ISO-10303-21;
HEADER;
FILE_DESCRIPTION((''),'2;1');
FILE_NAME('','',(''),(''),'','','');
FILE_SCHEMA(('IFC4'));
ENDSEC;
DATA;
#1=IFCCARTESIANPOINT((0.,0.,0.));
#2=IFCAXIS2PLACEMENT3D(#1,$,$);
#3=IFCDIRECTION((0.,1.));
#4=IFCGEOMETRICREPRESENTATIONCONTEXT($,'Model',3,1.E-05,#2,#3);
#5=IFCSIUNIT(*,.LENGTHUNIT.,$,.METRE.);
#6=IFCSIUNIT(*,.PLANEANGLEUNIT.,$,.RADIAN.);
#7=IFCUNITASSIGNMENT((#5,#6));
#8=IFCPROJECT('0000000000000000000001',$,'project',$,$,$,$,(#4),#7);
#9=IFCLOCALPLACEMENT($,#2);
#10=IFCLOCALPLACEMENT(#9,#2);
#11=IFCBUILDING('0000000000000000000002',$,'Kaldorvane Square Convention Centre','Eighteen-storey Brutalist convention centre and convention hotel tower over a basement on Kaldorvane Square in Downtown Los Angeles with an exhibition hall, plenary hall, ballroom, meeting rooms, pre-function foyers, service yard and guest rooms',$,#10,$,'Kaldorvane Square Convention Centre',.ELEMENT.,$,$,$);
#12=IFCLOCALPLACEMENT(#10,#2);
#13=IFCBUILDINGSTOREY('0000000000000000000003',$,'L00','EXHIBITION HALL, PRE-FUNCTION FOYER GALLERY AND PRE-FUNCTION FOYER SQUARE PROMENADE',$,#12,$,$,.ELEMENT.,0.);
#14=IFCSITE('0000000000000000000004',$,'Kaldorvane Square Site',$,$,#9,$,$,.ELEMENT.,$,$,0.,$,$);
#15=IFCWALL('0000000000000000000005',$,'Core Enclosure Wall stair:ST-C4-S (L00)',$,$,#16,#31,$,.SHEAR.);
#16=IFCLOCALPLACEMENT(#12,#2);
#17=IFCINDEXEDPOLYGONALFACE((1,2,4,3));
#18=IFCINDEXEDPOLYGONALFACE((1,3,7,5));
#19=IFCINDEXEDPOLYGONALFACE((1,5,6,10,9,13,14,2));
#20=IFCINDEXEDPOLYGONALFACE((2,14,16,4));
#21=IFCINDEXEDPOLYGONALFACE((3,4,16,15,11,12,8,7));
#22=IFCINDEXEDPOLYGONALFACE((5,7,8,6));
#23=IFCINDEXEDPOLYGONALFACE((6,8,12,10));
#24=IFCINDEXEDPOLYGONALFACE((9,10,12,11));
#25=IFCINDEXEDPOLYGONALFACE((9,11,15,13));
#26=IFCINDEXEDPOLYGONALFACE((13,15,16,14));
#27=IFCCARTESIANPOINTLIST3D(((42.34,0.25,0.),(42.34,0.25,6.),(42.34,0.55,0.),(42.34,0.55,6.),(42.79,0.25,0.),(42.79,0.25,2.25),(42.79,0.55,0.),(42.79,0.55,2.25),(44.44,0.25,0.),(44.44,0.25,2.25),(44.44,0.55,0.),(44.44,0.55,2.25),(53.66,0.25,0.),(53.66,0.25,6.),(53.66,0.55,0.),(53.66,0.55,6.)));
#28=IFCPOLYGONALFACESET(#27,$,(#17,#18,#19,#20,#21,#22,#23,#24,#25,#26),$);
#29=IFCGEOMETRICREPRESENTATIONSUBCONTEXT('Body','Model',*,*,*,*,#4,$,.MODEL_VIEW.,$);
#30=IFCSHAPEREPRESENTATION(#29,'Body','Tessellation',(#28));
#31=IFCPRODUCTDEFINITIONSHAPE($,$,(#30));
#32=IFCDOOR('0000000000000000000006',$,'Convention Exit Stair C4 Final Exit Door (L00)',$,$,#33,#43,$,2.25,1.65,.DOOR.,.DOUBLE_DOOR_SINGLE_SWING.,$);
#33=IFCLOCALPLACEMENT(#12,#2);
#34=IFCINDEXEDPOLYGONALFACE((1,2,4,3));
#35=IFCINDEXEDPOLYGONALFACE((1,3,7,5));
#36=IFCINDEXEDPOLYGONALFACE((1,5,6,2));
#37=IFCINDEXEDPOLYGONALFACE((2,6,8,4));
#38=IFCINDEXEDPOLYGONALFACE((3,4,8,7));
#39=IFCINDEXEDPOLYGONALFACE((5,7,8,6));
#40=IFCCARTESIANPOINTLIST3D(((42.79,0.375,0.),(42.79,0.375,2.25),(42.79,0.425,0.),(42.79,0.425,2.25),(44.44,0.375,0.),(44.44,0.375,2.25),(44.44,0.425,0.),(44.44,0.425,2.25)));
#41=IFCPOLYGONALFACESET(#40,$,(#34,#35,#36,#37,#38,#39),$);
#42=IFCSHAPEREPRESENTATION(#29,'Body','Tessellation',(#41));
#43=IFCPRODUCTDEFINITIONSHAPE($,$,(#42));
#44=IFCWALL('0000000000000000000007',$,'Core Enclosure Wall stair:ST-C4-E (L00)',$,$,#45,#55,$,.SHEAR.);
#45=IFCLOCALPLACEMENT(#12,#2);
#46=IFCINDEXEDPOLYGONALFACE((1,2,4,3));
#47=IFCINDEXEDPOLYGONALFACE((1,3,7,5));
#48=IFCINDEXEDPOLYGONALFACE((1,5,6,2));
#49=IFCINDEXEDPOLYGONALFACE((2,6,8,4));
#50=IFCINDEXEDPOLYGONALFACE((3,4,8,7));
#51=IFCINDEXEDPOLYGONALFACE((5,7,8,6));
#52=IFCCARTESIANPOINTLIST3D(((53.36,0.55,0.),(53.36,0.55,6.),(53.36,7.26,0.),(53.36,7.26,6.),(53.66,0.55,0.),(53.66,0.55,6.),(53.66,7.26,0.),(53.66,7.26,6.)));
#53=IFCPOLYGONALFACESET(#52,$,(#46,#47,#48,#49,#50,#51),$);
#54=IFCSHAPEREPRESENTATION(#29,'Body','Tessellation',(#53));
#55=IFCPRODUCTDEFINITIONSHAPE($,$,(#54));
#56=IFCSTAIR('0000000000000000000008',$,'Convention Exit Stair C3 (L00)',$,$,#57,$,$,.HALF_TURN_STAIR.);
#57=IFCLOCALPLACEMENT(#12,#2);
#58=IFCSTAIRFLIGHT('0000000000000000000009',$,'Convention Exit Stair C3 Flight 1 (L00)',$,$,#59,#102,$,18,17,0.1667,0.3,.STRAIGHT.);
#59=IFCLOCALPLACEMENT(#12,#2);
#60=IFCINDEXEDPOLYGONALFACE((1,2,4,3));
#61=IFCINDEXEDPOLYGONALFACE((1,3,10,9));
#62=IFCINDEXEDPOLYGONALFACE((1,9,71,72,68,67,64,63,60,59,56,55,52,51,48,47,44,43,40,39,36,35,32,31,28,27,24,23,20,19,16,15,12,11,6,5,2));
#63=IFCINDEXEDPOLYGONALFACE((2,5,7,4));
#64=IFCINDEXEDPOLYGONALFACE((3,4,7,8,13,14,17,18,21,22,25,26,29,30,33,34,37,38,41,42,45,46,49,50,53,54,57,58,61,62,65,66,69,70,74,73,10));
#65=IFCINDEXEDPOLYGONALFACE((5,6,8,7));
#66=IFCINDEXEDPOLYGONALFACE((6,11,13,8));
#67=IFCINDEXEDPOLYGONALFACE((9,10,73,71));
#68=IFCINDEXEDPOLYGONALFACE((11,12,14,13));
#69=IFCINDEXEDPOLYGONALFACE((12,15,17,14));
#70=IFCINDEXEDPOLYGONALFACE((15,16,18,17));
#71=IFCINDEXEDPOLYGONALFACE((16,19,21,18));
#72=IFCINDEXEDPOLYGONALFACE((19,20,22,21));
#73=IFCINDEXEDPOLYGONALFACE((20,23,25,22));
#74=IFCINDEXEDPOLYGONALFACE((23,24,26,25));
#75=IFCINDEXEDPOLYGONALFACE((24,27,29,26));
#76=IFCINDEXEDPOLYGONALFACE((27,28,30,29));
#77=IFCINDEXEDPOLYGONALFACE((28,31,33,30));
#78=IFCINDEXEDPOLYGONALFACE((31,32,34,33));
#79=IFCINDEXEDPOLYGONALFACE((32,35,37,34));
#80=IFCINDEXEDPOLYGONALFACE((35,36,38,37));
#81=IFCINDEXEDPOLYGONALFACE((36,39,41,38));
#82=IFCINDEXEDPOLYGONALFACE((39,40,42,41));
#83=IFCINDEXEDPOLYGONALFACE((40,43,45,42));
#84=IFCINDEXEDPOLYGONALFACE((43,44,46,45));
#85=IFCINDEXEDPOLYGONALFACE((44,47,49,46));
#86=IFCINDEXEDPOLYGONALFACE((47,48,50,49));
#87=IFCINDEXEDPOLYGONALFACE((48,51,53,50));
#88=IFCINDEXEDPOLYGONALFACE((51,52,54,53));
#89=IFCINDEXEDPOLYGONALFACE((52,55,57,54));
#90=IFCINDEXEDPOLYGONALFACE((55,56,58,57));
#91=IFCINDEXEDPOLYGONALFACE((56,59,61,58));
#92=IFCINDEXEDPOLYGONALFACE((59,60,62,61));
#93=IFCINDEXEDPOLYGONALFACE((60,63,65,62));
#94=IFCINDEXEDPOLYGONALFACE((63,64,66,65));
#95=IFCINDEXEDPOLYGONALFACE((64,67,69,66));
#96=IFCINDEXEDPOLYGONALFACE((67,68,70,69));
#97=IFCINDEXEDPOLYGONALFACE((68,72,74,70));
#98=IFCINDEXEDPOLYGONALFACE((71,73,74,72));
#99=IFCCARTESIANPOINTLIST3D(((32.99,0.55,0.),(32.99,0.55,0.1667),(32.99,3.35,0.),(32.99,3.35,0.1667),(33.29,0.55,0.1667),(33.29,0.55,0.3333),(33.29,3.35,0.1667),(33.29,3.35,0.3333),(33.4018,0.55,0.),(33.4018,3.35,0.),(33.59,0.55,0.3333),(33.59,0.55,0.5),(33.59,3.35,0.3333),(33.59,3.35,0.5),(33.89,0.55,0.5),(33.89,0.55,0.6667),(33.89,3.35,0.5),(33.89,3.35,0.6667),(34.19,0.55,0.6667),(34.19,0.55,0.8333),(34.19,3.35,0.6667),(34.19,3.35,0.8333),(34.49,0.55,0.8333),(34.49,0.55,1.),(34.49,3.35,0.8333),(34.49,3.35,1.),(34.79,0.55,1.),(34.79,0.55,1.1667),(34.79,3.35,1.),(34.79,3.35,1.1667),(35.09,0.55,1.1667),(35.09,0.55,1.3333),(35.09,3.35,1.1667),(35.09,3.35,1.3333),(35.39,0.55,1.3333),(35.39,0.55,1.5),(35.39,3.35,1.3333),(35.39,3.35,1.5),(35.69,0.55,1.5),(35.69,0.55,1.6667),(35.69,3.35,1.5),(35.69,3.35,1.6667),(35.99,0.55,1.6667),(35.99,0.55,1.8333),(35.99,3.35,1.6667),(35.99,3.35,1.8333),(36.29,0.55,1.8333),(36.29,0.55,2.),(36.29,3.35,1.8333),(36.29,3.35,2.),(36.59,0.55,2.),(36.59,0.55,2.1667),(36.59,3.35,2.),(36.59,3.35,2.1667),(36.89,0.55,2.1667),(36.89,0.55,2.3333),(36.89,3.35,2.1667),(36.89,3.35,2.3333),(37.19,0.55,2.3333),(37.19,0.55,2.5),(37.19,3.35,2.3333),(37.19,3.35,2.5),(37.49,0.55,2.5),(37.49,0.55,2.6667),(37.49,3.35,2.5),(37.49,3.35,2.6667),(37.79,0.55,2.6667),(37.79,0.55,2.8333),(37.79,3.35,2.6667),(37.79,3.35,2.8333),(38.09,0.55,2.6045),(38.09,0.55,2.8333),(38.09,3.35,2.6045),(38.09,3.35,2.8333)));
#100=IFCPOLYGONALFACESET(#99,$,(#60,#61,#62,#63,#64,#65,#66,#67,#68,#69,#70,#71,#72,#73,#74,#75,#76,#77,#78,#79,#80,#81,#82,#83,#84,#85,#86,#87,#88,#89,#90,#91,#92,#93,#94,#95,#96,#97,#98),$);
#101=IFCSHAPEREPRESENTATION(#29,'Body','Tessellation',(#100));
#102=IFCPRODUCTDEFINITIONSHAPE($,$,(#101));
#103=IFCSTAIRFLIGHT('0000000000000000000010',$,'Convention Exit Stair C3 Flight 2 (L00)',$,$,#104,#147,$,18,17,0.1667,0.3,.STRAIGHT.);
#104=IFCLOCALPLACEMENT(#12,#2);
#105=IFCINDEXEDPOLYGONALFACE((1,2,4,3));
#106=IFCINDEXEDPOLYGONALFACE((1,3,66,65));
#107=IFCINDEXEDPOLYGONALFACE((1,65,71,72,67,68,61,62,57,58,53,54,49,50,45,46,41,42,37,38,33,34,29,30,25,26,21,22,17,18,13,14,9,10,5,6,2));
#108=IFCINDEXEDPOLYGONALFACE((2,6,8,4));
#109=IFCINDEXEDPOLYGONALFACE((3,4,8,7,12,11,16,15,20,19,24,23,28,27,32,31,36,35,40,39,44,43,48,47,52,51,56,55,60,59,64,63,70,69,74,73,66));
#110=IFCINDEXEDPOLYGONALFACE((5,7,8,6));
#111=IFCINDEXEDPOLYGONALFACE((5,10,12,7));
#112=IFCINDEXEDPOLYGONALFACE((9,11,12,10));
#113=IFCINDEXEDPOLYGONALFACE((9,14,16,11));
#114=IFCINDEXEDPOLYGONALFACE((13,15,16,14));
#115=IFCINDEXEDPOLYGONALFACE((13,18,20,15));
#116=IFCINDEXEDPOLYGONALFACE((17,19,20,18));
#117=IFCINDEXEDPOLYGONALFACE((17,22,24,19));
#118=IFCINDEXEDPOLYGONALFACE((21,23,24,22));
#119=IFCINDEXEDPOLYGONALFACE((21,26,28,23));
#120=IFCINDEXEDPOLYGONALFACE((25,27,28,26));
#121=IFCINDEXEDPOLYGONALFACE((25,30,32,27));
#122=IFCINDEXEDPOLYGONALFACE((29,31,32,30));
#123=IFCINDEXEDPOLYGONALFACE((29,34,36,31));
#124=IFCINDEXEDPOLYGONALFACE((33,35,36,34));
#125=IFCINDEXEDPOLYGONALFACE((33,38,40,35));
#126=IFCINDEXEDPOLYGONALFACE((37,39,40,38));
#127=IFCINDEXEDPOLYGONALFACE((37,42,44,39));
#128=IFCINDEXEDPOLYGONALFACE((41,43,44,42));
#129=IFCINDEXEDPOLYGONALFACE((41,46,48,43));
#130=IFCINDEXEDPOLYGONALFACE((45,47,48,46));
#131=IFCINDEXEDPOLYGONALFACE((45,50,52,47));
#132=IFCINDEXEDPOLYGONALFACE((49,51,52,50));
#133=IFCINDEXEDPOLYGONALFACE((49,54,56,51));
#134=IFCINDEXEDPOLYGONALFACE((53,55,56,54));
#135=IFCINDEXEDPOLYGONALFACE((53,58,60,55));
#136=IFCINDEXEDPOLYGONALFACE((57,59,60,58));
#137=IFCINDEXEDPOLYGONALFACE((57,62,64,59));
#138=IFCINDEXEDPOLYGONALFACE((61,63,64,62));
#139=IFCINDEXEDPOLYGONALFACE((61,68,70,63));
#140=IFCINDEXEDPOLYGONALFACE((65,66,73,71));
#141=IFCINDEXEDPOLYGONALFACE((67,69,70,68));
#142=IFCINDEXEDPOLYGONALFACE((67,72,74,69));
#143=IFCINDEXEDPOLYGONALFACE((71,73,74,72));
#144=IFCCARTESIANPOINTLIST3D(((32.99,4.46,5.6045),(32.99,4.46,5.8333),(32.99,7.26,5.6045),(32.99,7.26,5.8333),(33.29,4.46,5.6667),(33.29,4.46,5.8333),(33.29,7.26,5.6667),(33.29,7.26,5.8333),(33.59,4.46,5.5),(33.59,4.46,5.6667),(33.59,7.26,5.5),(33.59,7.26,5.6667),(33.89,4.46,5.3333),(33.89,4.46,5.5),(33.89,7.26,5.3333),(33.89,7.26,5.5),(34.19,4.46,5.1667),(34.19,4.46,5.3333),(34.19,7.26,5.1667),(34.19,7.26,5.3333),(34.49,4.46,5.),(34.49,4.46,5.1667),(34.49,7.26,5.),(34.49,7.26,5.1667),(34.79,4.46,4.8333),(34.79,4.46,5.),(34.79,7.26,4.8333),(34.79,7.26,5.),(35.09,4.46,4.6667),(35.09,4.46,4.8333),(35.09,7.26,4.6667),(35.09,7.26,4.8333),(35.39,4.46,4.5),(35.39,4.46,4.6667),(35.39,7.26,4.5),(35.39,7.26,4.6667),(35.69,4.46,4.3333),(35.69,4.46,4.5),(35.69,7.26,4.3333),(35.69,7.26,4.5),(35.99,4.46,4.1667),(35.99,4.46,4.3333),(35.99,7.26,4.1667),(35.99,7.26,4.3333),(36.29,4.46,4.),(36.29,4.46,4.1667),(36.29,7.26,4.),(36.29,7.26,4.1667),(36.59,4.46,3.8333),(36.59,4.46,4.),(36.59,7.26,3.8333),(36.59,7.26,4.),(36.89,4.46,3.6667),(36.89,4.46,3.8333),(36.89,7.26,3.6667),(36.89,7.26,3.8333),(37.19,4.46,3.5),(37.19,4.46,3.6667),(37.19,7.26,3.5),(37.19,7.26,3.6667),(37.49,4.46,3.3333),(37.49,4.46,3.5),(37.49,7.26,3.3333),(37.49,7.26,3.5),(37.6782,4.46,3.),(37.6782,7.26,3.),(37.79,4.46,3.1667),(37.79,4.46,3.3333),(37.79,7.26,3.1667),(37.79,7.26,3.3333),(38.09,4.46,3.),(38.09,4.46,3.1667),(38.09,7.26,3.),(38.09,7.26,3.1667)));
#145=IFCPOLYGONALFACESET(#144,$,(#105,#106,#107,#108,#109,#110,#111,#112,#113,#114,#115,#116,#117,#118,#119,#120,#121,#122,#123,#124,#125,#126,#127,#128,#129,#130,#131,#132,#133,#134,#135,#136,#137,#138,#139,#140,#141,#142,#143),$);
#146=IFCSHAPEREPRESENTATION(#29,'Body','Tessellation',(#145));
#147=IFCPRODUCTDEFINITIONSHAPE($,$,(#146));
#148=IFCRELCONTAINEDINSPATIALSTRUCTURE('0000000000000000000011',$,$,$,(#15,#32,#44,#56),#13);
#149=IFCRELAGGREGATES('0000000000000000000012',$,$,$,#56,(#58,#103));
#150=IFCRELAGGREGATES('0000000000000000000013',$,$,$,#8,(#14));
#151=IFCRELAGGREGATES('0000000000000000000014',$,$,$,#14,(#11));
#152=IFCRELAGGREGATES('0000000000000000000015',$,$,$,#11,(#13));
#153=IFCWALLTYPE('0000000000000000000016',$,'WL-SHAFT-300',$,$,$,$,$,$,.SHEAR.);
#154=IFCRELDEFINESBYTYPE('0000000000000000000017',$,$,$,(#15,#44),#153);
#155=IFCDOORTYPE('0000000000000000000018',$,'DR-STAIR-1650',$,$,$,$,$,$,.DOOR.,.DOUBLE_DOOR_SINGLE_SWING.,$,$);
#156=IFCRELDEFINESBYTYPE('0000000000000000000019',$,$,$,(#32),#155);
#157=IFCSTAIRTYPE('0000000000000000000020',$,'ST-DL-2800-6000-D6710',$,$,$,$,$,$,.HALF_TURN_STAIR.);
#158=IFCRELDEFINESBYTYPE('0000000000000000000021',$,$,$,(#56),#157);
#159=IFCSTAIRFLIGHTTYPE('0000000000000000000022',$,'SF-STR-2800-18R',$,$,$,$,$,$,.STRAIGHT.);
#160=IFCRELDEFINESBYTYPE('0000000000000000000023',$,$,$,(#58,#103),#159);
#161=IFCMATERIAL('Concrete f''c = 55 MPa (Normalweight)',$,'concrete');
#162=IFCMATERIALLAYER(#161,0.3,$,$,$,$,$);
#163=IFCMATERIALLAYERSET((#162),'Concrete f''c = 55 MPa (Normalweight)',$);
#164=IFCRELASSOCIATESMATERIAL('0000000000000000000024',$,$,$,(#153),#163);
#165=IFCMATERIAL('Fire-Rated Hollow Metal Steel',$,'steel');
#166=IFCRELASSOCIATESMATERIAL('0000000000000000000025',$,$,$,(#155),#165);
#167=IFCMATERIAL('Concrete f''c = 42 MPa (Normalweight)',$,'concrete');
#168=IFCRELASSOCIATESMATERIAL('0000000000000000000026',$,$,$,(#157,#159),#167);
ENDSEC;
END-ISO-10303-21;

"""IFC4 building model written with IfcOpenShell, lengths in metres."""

from ifc_helpers import new_model, si_unit, direction, frame, frame_2d, origin, place, context, subcontext, project, spatial, polyline, rectangle, outline, extrude, material, layer, layer_set, type_object, element, fill, aggregate, save


model = new_model("IFC4")

# Units and contexts
model_context = context("Model", 3, precision=1e-05, world=origin(), true_north=direction((0.0, 1.0)))
body_context = subcontext(model_context, "Body", "Model", "MODEL_VIEW")
ifc_project = project(units=[si_unit("LENGTHUNIT", "METRE"), si_unit("PLANEANGLEUNIT", "RADIAN")], contexts=[model_context])

# Site, building, storey
site_placement = place(None, origin())
site = spatial("IfcSite", under=ifc_project, at=site_placement, Name="Kaldorvane Square Site", CompositionType="ELEMENT", RefElevation=0.0)
building_placement = place(site_placement, origin())
building = spatial("IfcBuilding", under=site, at=building_placement, Name="Kaldorvane Square Convention Centre", Description="Eighteen-storey Brutalist convention centre and convention hotel tower over a basement on Kaldorvane Square in Downtown Los Angeles with an exhibition hall, plenary hall, ballroom, meeting rooms, pre-function foyers, service yard and guest rooms", LongName="Kaldorvane Square Convention Centre", CompositionType="ELEMENT")
storey_placement = place(building_placement, origin())
storey = spatial("IfcBuildingStorey", under=building, at=storey_placement, Name="L00", Description="EXHIBITION HALL, PRE-FUNCTION FOYER GALLERY AND PRE-FUNCTION FOYER SQUARE PROMENADE", CompositionType="ELEMENT", Elevation=0.0)

# Shared definitions
ifc_material_1 = material(Name="Concrete f'c = 55 MPa (Normalweight)", Category="concrete")

# Shared definitions
ifc_material_2 = material(Name="Concrete f'c = 42 MPa (Normalweight)", Category="concrete")

# Shared definitions
ifc_layer_1 = layer(ifc_material_1, 0.3)
ifc_layer_set_1 = layer_set([ifc_layer_1], Name="Concrete f'c = 55 MPa (Normalweight)")
wall_type_1 = type_object("IfcWallType", Name="WL-SHAFT-300", PredefinedType="SHEAR", material=ifc_layer_set_1)
ifc_material_3 = material(Name="Fire-Rated Hollow Metal Steel", Category="steel")
door_type = type_object("IfcDoorType", Name="DR-STAIR-1650", OperationType="DOUBLE_DOOR_SINGLE_SWING", PredefinedType="DOOR", material=ifc_material_3)

# Wall, opening, door
wall_1_placement = place(storey_placement, frame((53.66, 0.4, 0.0), z_axis=(0.0, 0.0, 1.0), x_axis=(-1.0, 0.0, 0.0)))
wall_1 = element("IfcWall", 1, at=wall_1_placement, inside=storey, type_object=wall_type_1, Name="Core Enclosure Wall stair:ST-C4-S (L00)", PredefinedType="SHEAR", context=body_context, shape_type="SweptSolid", body=[
    extrude(rectangle(XDim=11.32, YDim=0.3, at=frame_2d((5.66, 0.0))), origin(), (0.0, 0.0, 1.0), 6.0),
])
opening_1_placement = place(wall_1_placement, frame((9.22, 0.0, 0.0)))
opening_1 = element("IfcOpeningElement", 2, at=opening_1_placement, cuts=wall_1, PredefinedType="OPENING", context=body_context, shape_type="SweptSolid", body=[
    extrude(rectangle(XDim=1.65, YDim=2.25, at=frame_2d((0.825, 1.125))), frame((0.0, 0.165, 0.0), z_axis=(0.0, -1.0, 0.0), x_axis=(1.0, 0.0, 0.0)), (0.0, 0.0, 1.0), 0.33),
])
door_1_placement = place(opening_1_placement, origin())
door_1 = element("IfcDoor", 3, at=door_1_placement, inside=storey, type_object=door_type, Name="Convention Exit Stair C4 Final Exit Door (L00)", OperationType="DOUBLE_DOOR_SINGLE_SWING", OverallHeight=2.25, OverallWidth=1.65, PredefinedType="DOOR", context=body_context, shape_type="SweptSolid", body=[
    extrude(rectangle(XDim=1.65, YDim=2.25, at=frame_2d((0.825, 1.125))), frame((0.0, 0.025, 0.0), z_axis=(0.0, -1.0, 0.0), x_axis=(1.0, 0.0, 0.0)), (0.0, 0.0, 1.0), 0.05),
])
fill(opening_1, door_1)

# Wall
wall_2_placement = place(storey_placement, frame((53.51, 0.55, 0.0), z_axis=(0.0, 0.0, 1.0), x_axis=(0.0, 1.0, 0.0)))
element("IfcWall", 4, at=wall_2_placement, inside=storey, type_object=wall_type_1, Name="Core Enclosure Wall stair:ST-C4-E (L00)", PredefinedType="SHEAR", context=body_context, shape_type="SweptSolid", body=[
    extrude(rectangle(XDim=6.71, YDim=0.3, at=frame_2d((3.355, 0.0))), origin(), (0.0, 0.0, 1.0), 6.0),
])

# Stair, stair flights
stair_type = type_object("IfcStairType", Name="ST-DL-2800-6000-D6710", PredefinedType="HALF_TURN_STAIR", material=ifc_material_2)
stair_1_placement = place(storey_placement, origin())
stair_1 = element("IfcStair", 5, at=stair_1_placement, inside=storey, type_object=stair_type, Name="Convention Exit Stair C3 (L00)", PredefinedType="HALF_TURN_STAIR")
stair_flight_type = type_object("IfcStairFlightType", Name="SF-STR-2800-18R", PredefinedType="STRAIGHT", material=ifc_material_2)
stair_flight_1_placement = place(storey_placement, frame((32.99, 1.95, 0.0), z_axis=(0.0, 0.0, 1.0), x_axis=(1.0, 0.0, 0.0)))
stair_flight_1 = element("IfcStairFlight", 6, at=stair_flight_1_placement, type_object=stair_flight_type, Name="Convention Exit Stair C3 Flight 1 (L00)", NumberOfRisers=18, NumberOfTreads=17, PredefinedType="STRAIGHT", RiserHeight=0.1667, TreadLength=0.3, context=body_context, shape_type="SweptSolid", body=[
    extrude(outline(polyline([(0.0, 0.0), (0.0, 0.1667), (0.3, 0.1667), (0.3, 0.3333), (0.6, 0.3333), (0.6, 0.5), (0.9, 0.5), (0.9, 0.6667), (1.2, 0.6667), (1.2, 0.8333), (1.5, 0.8333), (1.5, 1.0), (1.8, 1.0), (1.8, 1.1667), (2.1, 1.1667), (2.1, 1.3333), (2.4, 1.3333), (2.4, 1.5), (2.7, 1.5), (2.7, 1.6667), (3.0, 1.6667), (3.0, 1.8333), (3.3, 1.8333), (3.3, 2.0), (3.6, 2.0), (3.6, 2.1667), (3.9, 2.1667), (3.9, 2.3333), (4.2, 2.3333), (4.2, 2.5), (4.5, 2.5), (4.5, 2.6667), (4.8, 2.6667), (4.8, 2.8333), (5.1, 2.8333), (5.1, 3.0), (5.1, 2.6045), (0.4118, 0.0), (0.0, 0.0)])), frame((0.0, 1.4, 0.0), z_axis=(0.0, -1.0, 0.0), x_axis=(1.0, 0.0, 0.0)), (0.0, 0.0, 1.0), 2.8),
])
stair_flight_2_placement = place(storey_placement, frame((38.09, 5.86, 3.0), z_axis=(0.0, 0.0, 1.0), x_axis=(-1.0, 0.0, 0.0)))
stair_flight_2 = element("IfcStairFlight", 7, at=stair_flight_2_placement, type_object=stair_flight_type, Name="Convention Exit Stair C3 Flight 2 (L00)", NumberOfRisers=18, NumberOfTreads=17, PredefinedType="STRAIGHT", RiserHeight=0.1667, TreadLength=0.3, context=body_context, shape_type="SweptSolid", body=[
    extrude(outline(polyline([(0.0, 0.0), (0.0, 0.1667), (0.3, 0.1667), (0.3, 0.3333), (0.6, 0.3333), (0.6, 0.5), (0.9, 0.5), (0.9, 0.6667), (1.2, 0.6667), (1.2, 0.8333), (1.5, 0.8333), (1.5, 1.0), (1.8, 1.0), (1.8, 1.1667), (2.1, 1.1667), (2.1, 1.3333), (2.4, 1.3333), (2.4, 1.5), (2.7, 1.5), (2.7, 1.6667), (3.0, 1.6667), (3.0, 1.8333), (3.3, 1.8333), (3.3, 2.0), (3.6, 2.0), (3.6, 2.1667), (3.9, 2.1667), (3.9, 2.3333), (4.2, 2.3333), (4.2, 2.5), (4.5, 2.5), (4.5, 2.6667), (4.8, 2.6667), (4.8, 2.8333), (5.1, 2.8333), (5.1, 3.0), (5.1, 2.6045), (0.4118, 0.0), (0.0, 0.0)])), frame((0.0, 1.4, 0.0), z_axis=(0.0, -1.0, 0.0), x_axis=(1.0, 0.0, 0.0)), (0.0, 0.0, 1.0), 2.8),
])
aggregate(stair_1, [stair_flight_1, stair_flight_2])

save(model, "model.ifc")
